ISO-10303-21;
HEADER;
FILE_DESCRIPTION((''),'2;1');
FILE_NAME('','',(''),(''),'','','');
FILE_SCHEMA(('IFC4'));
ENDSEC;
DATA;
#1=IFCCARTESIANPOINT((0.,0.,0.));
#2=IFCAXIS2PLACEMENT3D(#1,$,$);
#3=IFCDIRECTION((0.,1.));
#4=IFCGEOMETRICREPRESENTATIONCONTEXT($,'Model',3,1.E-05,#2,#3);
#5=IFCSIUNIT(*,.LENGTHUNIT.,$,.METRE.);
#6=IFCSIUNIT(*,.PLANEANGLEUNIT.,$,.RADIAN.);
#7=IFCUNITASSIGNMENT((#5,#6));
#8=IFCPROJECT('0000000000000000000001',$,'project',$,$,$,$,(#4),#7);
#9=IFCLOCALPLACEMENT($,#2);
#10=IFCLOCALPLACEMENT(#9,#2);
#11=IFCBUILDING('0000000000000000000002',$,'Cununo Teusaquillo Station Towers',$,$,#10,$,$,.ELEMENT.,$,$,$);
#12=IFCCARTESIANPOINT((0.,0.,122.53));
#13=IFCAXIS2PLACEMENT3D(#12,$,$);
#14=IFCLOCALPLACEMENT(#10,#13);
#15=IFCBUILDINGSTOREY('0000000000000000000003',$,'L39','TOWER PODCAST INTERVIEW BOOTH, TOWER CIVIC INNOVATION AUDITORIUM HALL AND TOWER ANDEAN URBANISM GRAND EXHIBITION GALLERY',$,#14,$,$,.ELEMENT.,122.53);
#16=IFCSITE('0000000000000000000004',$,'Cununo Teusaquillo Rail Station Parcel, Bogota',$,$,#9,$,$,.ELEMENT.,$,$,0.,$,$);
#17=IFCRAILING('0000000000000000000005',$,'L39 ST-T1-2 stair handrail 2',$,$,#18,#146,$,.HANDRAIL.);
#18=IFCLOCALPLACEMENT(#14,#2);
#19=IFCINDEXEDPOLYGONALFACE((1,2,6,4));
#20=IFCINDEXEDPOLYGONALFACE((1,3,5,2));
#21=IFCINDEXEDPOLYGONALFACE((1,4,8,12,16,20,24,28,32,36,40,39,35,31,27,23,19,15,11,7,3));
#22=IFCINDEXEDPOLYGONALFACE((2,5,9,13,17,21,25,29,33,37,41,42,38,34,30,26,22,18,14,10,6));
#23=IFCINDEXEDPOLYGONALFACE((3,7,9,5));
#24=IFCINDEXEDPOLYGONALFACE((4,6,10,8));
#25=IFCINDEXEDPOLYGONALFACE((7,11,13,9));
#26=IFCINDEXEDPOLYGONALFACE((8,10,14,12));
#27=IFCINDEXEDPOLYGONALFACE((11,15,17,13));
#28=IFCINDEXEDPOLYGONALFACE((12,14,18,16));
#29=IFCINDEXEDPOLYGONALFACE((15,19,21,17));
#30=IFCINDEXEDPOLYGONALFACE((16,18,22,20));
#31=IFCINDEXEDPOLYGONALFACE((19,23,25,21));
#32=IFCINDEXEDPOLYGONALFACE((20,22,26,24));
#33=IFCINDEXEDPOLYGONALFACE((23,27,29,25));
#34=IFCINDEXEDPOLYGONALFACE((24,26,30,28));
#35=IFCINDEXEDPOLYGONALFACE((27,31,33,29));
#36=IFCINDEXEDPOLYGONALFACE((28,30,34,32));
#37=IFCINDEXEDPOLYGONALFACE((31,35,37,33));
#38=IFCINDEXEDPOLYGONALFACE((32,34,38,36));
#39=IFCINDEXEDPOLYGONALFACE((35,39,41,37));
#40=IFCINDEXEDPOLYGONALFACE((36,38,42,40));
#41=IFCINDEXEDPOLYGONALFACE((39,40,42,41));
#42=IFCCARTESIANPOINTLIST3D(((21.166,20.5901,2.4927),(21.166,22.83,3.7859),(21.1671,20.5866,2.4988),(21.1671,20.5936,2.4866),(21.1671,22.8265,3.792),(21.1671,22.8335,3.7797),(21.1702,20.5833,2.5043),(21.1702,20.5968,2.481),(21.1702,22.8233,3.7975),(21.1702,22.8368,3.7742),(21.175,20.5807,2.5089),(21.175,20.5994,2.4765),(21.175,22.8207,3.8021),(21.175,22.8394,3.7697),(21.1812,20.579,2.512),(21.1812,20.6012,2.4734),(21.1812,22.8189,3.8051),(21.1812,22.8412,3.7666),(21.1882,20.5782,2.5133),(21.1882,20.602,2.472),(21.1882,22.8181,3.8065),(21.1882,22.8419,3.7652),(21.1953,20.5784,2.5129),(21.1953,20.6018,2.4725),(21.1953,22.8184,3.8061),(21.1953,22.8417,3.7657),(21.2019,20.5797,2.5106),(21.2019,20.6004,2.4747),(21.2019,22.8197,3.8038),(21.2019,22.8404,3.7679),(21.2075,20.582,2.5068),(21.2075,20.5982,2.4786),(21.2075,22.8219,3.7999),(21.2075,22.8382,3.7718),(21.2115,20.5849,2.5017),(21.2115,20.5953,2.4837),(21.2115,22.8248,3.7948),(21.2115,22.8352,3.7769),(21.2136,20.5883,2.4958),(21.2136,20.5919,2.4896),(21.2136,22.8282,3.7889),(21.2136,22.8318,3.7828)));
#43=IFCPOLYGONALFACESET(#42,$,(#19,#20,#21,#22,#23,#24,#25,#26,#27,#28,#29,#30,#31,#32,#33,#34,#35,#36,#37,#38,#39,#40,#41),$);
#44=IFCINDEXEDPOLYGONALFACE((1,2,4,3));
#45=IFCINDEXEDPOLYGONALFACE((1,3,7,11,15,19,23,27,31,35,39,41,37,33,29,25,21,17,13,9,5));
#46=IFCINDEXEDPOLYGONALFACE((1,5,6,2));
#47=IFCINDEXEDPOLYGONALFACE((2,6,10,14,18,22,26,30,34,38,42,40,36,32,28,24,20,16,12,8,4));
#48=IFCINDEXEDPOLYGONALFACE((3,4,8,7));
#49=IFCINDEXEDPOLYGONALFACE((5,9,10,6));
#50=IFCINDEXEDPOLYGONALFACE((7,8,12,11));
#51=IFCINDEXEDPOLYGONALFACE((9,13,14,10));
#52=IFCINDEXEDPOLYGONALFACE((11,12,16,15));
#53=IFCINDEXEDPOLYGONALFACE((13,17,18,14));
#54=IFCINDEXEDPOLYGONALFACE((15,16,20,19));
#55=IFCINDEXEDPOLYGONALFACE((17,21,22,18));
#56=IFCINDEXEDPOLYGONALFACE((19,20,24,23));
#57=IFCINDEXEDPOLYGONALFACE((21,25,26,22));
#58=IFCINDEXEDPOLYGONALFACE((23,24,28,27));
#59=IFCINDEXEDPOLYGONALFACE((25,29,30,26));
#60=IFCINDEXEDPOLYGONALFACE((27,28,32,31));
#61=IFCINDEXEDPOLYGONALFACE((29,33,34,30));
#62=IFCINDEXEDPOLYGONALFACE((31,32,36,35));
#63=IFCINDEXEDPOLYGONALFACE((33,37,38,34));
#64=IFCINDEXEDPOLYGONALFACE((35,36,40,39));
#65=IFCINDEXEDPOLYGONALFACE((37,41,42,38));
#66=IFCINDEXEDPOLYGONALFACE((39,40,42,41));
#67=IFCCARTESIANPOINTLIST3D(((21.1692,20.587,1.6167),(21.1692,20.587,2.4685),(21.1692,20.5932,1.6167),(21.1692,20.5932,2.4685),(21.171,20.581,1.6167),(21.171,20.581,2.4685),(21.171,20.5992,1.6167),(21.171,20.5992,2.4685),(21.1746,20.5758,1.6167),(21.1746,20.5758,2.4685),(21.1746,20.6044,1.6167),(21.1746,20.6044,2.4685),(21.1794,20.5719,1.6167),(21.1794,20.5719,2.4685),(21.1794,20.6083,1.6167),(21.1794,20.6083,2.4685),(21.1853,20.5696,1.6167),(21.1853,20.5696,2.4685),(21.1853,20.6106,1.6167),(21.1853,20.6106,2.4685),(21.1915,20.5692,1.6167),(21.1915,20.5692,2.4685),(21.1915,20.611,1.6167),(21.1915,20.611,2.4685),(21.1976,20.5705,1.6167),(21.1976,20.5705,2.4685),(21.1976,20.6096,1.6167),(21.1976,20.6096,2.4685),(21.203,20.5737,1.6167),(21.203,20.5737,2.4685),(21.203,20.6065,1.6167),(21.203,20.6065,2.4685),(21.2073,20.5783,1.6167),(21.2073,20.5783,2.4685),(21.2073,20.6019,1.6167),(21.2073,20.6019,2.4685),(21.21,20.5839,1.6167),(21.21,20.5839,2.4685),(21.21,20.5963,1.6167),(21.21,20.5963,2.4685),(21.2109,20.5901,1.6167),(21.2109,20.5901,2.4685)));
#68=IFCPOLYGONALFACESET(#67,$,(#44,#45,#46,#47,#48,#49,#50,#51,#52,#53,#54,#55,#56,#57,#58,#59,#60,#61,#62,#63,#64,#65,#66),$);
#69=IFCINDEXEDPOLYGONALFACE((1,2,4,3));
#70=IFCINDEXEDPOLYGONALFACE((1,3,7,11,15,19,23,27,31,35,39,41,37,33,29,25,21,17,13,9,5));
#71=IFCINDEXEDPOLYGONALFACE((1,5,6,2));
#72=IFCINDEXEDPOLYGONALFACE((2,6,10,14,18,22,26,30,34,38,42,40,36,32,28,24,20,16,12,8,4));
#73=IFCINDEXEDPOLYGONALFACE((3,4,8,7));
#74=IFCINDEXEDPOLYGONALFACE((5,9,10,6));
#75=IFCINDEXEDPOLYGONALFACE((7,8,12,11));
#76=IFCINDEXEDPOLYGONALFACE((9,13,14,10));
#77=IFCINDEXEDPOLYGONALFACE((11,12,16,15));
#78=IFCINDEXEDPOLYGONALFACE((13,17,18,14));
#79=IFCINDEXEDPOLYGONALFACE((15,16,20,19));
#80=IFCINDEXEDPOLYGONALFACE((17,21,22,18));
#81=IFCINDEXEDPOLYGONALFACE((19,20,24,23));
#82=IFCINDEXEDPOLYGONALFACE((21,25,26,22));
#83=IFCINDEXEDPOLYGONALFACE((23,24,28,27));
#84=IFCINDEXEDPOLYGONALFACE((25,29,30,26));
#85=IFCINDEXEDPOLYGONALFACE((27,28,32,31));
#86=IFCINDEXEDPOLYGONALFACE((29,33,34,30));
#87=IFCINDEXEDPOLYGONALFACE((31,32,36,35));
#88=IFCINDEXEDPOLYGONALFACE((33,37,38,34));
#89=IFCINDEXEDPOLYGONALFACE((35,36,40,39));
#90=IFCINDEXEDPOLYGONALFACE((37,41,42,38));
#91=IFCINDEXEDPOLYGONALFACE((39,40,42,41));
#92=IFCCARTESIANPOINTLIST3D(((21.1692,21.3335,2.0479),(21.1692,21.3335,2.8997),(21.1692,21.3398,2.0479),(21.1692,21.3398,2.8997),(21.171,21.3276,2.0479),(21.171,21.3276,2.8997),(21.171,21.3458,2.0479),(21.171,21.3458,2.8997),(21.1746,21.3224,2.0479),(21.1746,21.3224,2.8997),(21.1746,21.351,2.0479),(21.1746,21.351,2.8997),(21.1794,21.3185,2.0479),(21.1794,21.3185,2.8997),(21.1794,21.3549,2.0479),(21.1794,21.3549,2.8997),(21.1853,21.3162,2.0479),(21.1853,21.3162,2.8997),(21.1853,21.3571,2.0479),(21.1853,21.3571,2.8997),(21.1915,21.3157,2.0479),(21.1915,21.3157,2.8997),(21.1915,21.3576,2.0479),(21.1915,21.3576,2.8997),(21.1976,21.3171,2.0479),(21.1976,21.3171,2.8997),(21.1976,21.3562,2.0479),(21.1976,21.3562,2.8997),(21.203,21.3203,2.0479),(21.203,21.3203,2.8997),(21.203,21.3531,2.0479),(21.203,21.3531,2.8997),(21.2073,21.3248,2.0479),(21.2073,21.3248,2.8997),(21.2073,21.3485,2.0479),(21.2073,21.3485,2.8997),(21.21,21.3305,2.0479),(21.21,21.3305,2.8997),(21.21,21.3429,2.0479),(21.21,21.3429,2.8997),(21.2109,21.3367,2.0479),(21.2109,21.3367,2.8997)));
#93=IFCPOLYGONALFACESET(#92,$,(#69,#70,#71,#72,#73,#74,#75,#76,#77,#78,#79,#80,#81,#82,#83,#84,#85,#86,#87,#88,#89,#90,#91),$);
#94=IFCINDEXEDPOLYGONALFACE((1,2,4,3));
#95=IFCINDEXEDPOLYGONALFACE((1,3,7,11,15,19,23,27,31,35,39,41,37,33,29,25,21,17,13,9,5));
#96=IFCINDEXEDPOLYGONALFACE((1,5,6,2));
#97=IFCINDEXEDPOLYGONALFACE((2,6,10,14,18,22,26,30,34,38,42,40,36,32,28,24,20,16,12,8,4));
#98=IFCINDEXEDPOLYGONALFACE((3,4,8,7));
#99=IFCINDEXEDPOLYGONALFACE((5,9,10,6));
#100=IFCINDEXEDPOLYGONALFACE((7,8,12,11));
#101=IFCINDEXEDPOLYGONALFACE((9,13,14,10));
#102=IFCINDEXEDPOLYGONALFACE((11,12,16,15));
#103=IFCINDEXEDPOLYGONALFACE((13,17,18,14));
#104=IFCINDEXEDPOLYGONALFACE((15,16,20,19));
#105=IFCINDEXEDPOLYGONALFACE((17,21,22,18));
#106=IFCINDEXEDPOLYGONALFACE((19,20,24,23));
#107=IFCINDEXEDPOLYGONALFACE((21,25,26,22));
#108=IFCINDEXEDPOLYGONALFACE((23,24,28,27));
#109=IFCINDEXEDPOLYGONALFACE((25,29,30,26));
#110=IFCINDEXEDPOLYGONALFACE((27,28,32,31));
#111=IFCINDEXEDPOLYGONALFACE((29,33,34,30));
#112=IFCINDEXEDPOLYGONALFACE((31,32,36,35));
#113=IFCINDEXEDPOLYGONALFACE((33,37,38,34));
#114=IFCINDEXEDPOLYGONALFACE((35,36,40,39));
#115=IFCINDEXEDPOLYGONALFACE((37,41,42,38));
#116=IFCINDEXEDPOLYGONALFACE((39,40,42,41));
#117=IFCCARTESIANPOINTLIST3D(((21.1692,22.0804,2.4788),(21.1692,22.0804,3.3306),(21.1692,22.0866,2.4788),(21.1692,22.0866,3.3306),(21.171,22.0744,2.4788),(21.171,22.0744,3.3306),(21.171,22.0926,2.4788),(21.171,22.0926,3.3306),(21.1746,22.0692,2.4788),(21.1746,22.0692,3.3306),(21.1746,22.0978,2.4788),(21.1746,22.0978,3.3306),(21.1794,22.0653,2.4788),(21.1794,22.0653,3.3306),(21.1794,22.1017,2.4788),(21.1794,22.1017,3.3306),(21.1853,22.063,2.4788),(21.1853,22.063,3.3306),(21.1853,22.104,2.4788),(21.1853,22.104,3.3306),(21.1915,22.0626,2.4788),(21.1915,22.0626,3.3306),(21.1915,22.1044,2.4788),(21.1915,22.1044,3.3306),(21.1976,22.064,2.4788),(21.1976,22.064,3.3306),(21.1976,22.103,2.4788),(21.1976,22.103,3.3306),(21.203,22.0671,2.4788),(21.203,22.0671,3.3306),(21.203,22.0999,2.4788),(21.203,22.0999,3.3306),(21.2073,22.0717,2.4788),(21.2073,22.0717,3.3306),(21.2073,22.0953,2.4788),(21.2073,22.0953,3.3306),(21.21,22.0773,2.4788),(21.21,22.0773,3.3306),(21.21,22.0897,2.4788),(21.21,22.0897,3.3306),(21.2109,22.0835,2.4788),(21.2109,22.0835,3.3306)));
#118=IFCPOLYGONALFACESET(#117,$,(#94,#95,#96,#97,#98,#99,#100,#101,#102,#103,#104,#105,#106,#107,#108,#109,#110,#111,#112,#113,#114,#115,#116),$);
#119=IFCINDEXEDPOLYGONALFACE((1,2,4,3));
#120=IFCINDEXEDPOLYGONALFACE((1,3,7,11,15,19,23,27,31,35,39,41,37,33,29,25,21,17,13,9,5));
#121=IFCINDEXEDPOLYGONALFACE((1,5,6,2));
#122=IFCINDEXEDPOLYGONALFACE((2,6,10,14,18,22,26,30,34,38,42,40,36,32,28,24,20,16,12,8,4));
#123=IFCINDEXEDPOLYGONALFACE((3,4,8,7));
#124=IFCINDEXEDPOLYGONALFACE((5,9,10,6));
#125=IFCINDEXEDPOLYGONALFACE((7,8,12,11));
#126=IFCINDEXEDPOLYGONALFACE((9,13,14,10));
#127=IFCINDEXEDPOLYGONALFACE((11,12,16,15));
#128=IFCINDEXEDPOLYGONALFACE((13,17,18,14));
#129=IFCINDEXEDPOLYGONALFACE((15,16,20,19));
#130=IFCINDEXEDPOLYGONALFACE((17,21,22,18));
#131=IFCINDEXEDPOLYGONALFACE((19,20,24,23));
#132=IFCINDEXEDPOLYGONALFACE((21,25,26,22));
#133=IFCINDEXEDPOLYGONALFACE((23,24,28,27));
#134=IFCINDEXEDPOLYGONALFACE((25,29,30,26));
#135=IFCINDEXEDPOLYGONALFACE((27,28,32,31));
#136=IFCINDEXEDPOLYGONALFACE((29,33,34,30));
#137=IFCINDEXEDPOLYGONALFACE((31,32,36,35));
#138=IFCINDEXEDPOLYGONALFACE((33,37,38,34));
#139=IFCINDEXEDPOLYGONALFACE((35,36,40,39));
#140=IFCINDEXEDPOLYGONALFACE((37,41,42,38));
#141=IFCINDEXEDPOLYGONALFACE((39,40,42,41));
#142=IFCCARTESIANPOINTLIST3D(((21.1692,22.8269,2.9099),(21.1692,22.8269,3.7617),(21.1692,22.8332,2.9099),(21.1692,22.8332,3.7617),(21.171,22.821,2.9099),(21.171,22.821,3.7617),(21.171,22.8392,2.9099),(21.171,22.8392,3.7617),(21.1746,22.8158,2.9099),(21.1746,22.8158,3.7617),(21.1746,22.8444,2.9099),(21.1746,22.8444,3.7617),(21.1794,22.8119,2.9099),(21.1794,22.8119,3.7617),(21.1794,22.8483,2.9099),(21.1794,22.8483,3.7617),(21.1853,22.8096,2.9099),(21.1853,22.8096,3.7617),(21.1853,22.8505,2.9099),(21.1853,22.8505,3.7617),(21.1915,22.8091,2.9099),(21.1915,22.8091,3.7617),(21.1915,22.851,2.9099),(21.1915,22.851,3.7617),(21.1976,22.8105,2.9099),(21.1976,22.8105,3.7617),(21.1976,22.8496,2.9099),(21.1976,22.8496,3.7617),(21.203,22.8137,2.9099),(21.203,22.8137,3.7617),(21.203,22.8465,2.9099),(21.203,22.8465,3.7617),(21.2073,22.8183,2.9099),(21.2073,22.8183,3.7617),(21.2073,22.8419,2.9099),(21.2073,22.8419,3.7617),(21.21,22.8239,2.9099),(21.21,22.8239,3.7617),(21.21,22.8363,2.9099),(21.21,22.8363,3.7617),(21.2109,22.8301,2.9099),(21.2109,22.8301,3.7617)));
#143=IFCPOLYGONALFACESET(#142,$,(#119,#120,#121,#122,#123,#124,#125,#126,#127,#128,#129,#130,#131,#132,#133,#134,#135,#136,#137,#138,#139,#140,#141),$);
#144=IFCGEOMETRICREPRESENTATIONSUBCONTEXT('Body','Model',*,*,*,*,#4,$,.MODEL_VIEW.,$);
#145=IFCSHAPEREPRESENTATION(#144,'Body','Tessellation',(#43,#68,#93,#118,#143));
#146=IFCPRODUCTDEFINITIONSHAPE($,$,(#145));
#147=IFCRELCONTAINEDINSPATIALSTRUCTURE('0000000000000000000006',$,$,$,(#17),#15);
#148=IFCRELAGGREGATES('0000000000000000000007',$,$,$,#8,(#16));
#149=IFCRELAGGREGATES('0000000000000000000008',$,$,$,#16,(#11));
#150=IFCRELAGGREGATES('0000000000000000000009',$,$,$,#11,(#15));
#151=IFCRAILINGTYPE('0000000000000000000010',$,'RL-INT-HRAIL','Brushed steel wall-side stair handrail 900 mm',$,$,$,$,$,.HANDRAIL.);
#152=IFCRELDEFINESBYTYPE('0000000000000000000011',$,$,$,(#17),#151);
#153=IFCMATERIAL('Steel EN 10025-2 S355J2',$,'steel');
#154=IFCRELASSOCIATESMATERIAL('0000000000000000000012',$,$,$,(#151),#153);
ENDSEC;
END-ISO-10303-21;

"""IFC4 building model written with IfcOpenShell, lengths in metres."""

from ifc_helpers import new_model, si_unit, direction, frame, origin, origin_2d, place, context, subcontext, project, spatial, circle, extrude, material, type_object, element, save


model = new_model("IFC4")

# Units and contexts
model_context = context("Model", 3, precision=1e-05, world=origin(), true_north=direction((0.0, 1.0)))
body_context = subcontext(model_context, "Body", "Model", "MODEL_VIEW")
ifc_project = project(units=[si_unit("LENGTHUNIT", "METRE"), si_unit("PLANEANGLEUNIT", "RADIAN")], contexts=[model_context])

# Site, building, storey
site_placement = place(None, origin())
site = spatial("IfcSite", under=ifc_project, at=site_placement, Name="Cununo Teusaquillo Rail Station Parcel, Bogota", CompositionType="ELEMENT", RefElevation=0.0)
building_placement = place(site_placement, origin())
building = spatial("IfcBuilding", under=site, at=building_placement, Name="Cununo Teusaquillo Station Towers", CompositionType="ELEMENT")
storey_placement = place(building_placement, frame((0.0, 0.0, 122.53)))
storey = spatial("IfcBuildingStorey", under=building, at=storey_placement, Name="L39", Description="TOWER PODCAST INTERVIEW BOOTH, TOWER CIVIC INNOVATION AUDITORIUM HALL AND TOWER ANDEAN URBANISM GRAND EXHIBITION GALLERY", CompositionType="ELEMENT", Elevation=122.53)

# Railing
ifc_material_1 = material(Name="Steel EN 10025-2 S355J2", Category="steel")
railing_type_1 = type_object("IfcRailingType", Name="RL-INT-HRAIL", Description="Brushed steel wall-side stair handrail 900 mm", PredefinedType="HANDRAIL", material=ifc_material_1)
railing_1_placement = place(storey_placement, frame((21.1899, 20.5901, 1.6167)))
element("IfcRailing", 1, at=railing_1_placement, inside=storey, type_object=railing_type_1, Name="L39 ST-T1-2 stair handrail 2", PredefinedType="HANDRAIL", context=body_context, shape_type="SweptSolid", body=[
    extrude(circle(Radius=0.0239, at=origin_2d()), frame((0.0, 0.0, 0.876), z_axis=(0.0, 0.866033, 0.499987), x_axis=(-1.0, 0.0, 0.0)), (0.0, 0.0, 1.0), 2.5864),
    extrude(circle(Radius=0.021, at=origin_2d()), origin(), (0.0, 0.0, 1.0), 0.8518),
    extrude(circle(Radius=0.021, at=origin_2d()), frame((0.0, 0.7466, 0.4312)), (0.0, 0.0, 1.0), 0.8518),
    extrude(circle(Radius=0.021, at=origin_2d()), frame((0.0, 1.4934, 0.8621)), (0.0, 0.0, 1.0), 0.8518),
    extrude(circle(Radius=0.021, at=origin_2d()), frame((0.0, 2.24, 1.2932)), (0.0, 0.0, 1.0), 0.8518),
])

save(model, "model.ifc")
